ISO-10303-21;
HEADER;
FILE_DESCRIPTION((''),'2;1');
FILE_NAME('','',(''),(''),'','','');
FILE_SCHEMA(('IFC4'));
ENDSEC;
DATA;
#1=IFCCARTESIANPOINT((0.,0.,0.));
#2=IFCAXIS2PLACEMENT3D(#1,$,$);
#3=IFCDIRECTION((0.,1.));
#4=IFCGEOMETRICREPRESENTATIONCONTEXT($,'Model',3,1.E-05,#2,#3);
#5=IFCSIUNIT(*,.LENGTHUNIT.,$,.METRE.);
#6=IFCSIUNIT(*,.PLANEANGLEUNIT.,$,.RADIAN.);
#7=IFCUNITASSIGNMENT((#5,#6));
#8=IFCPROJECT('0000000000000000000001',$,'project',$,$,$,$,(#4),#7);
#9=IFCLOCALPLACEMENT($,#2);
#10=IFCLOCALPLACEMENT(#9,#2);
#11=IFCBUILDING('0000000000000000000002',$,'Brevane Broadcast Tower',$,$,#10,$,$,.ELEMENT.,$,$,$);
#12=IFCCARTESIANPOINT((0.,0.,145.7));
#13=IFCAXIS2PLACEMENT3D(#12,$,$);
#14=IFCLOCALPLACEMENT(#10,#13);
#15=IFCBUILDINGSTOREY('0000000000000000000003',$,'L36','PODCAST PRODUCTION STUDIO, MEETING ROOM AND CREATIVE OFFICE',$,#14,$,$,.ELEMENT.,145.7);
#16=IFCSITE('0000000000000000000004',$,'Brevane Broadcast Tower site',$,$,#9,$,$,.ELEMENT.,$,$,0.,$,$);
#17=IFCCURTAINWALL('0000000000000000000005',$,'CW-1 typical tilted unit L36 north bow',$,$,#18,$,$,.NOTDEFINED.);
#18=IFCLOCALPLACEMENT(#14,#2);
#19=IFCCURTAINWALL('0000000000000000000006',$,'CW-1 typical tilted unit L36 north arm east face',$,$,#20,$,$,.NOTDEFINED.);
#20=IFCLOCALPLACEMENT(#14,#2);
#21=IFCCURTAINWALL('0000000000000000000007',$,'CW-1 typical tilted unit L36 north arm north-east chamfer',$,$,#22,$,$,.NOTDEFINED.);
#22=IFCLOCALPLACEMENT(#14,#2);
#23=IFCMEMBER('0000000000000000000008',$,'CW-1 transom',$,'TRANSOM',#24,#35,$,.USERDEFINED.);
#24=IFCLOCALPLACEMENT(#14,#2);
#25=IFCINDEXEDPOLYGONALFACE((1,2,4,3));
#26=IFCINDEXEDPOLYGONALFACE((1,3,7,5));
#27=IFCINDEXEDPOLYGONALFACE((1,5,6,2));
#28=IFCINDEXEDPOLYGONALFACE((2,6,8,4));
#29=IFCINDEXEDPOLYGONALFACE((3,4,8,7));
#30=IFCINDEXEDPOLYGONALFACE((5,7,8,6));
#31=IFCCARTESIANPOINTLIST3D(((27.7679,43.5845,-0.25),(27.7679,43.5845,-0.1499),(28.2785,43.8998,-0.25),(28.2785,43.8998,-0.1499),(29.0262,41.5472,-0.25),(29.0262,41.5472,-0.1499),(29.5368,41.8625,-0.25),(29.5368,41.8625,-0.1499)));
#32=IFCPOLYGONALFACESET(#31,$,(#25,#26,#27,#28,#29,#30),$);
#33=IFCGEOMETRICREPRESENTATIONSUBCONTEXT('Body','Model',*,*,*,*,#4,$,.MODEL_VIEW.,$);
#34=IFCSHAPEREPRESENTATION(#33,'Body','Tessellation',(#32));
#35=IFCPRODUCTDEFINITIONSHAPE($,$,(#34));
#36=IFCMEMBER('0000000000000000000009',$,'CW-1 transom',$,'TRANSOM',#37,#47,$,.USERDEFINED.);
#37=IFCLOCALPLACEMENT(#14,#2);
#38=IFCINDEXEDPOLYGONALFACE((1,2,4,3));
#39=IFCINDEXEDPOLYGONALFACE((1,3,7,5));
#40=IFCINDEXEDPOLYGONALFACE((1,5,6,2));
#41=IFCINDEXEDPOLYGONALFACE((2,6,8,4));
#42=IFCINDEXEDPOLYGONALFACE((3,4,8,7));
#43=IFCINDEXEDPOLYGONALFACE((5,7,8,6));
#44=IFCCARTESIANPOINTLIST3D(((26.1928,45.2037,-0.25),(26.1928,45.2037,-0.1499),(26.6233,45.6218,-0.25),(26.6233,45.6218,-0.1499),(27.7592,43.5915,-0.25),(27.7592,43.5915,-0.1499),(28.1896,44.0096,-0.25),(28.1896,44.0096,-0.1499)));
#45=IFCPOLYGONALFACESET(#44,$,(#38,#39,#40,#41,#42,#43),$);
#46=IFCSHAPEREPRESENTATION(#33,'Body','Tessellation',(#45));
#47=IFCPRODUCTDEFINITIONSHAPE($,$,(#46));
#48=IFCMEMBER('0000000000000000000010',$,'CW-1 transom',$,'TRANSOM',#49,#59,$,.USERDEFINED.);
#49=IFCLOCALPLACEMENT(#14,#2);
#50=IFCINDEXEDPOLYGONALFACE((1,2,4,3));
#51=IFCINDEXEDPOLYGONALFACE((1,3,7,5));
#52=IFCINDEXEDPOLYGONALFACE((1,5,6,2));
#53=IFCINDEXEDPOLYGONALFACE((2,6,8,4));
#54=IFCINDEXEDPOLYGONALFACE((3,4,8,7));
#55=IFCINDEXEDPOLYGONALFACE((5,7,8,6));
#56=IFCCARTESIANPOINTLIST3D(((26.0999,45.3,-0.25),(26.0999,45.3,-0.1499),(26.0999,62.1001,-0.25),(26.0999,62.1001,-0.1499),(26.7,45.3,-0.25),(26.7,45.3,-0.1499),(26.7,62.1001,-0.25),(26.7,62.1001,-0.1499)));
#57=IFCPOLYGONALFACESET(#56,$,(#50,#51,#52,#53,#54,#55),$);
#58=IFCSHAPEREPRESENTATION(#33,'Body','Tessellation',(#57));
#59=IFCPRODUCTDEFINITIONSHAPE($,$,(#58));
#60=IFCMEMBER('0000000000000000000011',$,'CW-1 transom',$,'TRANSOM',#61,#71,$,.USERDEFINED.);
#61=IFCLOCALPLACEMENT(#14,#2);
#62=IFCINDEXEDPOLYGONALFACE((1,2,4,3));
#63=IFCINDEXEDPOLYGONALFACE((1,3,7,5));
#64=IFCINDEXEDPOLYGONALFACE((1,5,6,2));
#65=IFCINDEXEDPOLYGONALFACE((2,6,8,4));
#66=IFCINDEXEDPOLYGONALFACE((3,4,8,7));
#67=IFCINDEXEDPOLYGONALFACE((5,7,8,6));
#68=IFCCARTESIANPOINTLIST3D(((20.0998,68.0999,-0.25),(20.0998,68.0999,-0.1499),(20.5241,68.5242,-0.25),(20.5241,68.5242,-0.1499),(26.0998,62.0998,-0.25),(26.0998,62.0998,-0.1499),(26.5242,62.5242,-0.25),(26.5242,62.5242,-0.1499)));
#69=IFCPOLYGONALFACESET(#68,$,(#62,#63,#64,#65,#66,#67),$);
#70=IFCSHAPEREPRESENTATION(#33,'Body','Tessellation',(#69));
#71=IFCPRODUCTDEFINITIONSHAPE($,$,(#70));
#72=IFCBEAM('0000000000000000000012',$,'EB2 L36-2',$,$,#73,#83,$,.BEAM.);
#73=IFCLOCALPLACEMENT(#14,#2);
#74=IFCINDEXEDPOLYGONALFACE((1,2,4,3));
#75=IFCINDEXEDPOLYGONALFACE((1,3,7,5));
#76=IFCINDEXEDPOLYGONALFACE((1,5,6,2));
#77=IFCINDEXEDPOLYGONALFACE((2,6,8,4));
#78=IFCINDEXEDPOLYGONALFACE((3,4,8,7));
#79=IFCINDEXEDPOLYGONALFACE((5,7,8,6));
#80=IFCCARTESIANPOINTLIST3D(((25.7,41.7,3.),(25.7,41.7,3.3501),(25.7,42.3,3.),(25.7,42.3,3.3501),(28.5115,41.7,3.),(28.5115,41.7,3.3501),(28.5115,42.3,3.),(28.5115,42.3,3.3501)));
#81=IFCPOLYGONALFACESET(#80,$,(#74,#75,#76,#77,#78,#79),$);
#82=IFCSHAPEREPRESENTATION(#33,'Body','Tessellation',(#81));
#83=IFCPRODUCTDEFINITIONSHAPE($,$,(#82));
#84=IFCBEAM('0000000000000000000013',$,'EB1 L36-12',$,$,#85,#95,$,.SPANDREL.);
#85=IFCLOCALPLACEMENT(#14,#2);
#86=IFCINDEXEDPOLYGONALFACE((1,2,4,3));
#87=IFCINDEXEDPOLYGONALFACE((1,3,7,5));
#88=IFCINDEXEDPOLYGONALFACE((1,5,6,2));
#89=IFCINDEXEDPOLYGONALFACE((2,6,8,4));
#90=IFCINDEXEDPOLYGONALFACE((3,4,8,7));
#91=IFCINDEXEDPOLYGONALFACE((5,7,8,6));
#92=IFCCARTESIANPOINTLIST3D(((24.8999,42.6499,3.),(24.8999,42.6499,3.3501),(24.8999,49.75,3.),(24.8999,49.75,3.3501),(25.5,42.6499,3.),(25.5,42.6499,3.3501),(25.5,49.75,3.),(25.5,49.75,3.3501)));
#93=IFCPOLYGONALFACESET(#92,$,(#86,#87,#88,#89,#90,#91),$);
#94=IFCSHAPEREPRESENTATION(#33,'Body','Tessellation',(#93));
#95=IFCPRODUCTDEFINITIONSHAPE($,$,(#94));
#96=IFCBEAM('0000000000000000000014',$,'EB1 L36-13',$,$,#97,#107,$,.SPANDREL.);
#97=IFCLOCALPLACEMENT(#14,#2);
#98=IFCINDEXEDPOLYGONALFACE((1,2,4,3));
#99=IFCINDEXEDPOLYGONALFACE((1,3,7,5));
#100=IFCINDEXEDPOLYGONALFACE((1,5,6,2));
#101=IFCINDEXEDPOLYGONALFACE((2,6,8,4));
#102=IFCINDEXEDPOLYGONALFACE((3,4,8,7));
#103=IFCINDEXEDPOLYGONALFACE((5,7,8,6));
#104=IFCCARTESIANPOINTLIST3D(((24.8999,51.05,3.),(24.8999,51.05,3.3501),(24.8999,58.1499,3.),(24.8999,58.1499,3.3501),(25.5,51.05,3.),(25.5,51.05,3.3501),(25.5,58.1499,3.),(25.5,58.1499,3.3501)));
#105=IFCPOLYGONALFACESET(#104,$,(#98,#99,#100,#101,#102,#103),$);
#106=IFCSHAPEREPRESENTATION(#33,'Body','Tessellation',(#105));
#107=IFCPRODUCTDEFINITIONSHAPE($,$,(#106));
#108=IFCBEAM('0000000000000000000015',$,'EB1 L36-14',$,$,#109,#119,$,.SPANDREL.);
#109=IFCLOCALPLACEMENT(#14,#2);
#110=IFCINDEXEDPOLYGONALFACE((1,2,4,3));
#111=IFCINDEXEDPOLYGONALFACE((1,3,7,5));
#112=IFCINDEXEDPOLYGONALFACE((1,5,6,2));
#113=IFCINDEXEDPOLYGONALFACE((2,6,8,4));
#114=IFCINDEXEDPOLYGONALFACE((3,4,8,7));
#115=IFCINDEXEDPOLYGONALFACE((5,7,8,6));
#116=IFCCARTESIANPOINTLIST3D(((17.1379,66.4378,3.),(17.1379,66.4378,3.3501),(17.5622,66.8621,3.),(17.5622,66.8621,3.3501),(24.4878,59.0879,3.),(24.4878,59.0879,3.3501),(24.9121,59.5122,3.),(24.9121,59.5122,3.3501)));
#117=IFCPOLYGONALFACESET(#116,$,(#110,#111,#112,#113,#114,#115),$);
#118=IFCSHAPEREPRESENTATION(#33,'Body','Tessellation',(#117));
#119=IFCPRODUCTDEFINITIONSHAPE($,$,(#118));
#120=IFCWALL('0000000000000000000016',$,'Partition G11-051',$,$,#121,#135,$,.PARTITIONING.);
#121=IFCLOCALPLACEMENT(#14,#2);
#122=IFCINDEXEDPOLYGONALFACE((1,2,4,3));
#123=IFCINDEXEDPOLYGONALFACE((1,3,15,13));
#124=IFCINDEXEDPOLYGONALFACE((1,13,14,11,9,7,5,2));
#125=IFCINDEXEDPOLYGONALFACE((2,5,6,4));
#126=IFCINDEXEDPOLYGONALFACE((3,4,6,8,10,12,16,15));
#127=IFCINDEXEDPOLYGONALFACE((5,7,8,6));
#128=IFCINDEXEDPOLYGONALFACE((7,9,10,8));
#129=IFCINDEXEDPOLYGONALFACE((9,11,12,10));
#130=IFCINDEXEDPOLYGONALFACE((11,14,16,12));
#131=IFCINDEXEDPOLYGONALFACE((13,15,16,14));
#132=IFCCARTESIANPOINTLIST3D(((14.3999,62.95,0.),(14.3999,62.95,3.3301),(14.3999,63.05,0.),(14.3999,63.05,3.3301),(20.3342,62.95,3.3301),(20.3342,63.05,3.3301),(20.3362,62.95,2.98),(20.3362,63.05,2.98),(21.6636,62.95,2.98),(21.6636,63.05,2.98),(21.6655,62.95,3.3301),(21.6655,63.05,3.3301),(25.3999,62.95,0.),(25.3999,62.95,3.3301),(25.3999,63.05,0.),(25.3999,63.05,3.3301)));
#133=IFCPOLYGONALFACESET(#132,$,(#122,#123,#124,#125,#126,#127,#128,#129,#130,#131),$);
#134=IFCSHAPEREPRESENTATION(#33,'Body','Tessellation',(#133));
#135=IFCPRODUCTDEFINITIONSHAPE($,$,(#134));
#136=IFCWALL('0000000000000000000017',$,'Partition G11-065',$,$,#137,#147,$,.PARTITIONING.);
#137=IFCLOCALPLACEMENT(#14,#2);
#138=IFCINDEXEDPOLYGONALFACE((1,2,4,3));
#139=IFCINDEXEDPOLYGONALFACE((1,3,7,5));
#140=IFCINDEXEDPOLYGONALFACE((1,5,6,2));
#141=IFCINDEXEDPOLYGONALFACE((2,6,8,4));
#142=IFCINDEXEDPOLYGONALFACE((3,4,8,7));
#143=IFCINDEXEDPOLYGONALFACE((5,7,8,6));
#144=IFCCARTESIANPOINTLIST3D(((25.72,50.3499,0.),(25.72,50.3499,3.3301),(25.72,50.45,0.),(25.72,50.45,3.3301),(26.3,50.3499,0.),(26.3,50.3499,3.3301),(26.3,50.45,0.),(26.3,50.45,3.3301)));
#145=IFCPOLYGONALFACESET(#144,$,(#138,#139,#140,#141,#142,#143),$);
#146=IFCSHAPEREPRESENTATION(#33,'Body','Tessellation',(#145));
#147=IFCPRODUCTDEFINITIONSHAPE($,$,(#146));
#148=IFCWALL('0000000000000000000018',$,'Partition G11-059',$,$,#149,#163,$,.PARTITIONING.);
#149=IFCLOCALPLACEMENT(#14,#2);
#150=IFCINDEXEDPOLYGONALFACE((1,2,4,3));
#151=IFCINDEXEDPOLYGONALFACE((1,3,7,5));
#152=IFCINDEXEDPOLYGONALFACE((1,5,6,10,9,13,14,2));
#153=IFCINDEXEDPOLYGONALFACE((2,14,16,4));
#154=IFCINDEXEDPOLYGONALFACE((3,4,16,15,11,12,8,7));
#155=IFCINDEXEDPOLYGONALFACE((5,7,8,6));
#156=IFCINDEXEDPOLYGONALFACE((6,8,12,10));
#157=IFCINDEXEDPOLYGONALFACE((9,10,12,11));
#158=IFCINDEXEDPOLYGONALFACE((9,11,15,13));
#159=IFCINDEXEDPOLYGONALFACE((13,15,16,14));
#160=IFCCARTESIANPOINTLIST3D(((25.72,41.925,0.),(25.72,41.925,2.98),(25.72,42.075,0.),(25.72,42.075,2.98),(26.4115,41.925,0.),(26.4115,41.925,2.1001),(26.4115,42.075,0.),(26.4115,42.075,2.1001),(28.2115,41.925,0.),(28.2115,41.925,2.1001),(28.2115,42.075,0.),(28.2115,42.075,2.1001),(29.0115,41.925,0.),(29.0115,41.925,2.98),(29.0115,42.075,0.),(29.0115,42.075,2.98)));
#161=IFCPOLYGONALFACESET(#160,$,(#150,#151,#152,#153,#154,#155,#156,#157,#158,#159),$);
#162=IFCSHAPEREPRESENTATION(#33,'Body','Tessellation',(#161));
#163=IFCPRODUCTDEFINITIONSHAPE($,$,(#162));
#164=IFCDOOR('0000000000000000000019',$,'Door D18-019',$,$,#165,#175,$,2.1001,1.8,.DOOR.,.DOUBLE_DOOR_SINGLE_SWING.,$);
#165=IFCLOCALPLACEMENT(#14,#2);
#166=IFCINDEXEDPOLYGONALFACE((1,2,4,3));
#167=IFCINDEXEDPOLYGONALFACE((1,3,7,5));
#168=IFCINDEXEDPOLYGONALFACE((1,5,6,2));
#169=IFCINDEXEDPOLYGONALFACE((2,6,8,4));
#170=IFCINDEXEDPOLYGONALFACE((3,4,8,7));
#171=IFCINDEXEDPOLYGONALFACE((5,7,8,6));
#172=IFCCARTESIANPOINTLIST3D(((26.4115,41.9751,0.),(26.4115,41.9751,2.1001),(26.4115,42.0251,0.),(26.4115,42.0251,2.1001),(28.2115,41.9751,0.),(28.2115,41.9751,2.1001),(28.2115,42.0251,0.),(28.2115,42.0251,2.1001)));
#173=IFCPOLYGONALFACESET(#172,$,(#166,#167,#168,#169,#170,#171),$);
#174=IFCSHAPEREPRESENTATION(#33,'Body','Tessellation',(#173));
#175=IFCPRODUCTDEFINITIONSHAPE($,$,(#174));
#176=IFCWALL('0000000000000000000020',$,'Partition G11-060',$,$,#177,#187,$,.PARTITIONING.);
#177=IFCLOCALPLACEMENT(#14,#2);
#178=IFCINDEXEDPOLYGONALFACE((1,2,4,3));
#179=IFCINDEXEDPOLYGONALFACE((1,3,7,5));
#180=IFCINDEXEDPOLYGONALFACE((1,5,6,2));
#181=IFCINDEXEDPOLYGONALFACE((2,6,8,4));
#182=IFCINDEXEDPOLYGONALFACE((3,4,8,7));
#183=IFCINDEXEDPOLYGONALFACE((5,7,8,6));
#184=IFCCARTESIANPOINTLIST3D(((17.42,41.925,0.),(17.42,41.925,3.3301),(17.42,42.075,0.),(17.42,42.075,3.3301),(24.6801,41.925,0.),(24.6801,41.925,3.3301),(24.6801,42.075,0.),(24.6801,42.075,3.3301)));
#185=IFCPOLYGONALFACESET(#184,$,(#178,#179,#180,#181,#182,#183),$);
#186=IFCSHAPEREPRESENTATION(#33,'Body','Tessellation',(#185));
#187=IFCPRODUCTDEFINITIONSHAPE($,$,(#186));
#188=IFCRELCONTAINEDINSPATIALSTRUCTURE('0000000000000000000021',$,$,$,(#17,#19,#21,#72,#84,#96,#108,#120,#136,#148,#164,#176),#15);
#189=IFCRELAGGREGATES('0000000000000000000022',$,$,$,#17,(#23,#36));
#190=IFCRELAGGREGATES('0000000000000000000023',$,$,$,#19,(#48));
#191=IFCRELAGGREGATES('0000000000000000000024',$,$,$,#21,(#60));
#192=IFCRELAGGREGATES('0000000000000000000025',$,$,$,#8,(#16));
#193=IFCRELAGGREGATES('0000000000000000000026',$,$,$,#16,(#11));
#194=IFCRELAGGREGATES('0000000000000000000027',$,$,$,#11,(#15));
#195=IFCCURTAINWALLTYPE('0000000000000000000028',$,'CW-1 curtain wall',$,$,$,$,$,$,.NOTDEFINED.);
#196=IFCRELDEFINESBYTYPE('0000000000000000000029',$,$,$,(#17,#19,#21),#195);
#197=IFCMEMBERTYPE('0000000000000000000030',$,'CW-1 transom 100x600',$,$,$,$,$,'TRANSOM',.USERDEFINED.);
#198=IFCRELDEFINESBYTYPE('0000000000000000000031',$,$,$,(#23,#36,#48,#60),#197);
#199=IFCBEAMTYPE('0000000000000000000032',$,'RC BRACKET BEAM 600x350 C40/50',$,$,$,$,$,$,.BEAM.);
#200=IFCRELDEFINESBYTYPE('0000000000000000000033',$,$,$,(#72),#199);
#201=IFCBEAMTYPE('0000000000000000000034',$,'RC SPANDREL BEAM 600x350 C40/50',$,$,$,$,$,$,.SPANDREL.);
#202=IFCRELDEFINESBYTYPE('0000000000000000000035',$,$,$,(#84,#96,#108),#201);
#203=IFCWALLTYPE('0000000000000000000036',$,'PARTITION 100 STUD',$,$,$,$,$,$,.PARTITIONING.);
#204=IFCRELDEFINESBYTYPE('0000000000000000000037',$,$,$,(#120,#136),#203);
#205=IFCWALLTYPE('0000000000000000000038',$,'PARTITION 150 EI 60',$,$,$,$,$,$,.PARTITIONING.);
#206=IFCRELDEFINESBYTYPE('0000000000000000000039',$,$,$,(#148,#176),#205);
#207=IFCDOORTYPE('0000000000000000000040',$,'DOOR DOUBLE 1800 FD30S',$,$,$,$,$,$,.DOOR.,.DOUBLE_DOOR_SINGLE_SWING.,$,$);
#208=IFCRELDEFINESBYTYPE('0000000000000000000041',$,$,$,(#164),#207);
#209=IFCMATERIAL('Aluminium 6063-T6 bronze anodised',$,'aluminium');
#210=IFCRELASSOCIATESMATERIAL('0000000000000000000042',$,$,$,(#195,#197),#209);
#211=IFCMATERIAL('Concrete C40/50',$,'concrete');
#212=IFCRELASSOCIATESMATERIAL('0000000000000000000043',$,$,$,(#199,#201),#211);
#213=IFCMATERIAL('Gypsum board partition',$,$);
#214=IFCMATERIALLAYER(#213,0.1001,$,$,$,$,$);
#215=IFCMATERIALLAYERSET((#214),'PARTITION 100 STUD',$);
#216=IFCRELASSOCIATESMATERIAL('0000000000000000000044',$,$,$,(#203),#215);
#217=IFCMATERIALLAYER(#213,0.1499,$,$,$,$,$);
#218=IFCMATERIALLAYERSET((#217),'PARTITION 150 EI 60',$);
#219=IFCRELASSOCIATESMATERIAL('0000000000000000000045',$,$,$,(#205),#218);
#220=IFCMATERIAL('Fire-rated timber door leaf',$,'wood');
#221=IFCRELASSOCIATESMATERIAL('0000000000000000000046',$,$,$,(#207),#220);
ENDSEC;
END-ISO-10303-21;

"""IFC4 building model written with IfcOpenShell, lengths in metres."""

from ifc_helpers import new_model, si_unit, direction, frame, frame_2d, origin, origin_2d, place, context, subcontext, project, spatial, polyline, rectangle, outline, extrude, material, layer, layer_set, material_profile, profile_set, type_object, element, fill, aggregate, save


model = new_model("IFC4")

# Units and contexts
model_context = context("Model", 3, precision=1e-05, world=origin(), true_north=direction((0.0, 1.0)))
body_context = subcontext(model_context, "Body", "Model", "MODEL_VIEW")
ifc_project = project(units=[si_unit("LENGTHUNIT", "METRE"), si_unit("PLANEANGLEUNIT", "RADIAN")], contexts=[model_context])

# Site, building, storey
site_placement = place(None, origin())
site = spatial("IfcSite", under=ifc_project, at=site_placement, Name="Brevane Broadcast Tower site", CompositionType="ELEMENT", RefElevation=0.0)
building_placement = place(site_placement, origin())
building = spatial("IfcBuilding", under=site, at=building_placement, Name="Brevane Broadcast Tower", CompositionType="ELEMENT")
storey_placement = place(building_placement, frame((0.0, 0.0, 145.7)))
storey = spatial("IfcBuildingStorey", under=building, at=storey_placement, Name="L36", Description="PODCAST PRODUCTION STUDIO, MEETING ROOM AND CREATIVE OFFICE", CompositionType="ELEMENT", Elevation=145.7)

# Curtain walls
ifc_material_1 = material(Name="Aluminium 6063-T6 bronze anodised", Category="aluminium")
curtain_wall_type = type_object("IfcCurtainWallType", Name="CW-1 curtain wall", PredefinedType="NOTDEFINED", material=ifc_material_1)
curtain_wall_1_placement = place(storey_placement, origin())
curtain_wall_1 = element("IfcCurtainWall", 1, at=curtain_wall_1_placement, inside=storey, type_object=curtain_wall_type, Name="CW-1 typical tilted unit L36 north bow", PredefinedType="NOTDEFINED")
curtain_wall_2_placement = place(storey_placement, origin())
curtain_wall_2 = element("IfcCurtainWall", 2, at=curtain_wall_2_placement, inside=storey, type_object=curtain_wall_type, Name="CW-1 typical tilted unit L36 north arm east face", PredefinedType="NOTDEFINED")
curtain_wall_3_placement = place(storey_placement, origin())
curtain_wall_3 = element("IfcCurtainWall", 3, at=curtain_wall_3_placement, inside=storey, type_object=curtain_wall_type, Name="CW-1 typical tilted unit L36 north arm north-east chamfer", PredefinedType="NOTDEFINED")

# Members
ifc_material_profile_1 = material_profile(ifc_material_1, rectangle(XDim=0.6001, YDim=0.1001, at=origin_2d()), Name="RECT 100x600")
ifc_profile_set_1 = profile_set([ifc_material_profile_1], Name="Aluminium 6063-T6 bronze anodised")
member_type_1 = type_object("IfcMemberType", Name="CW-1 transom 100x600", ElementType="TRANSOM", PredefinedType="USERDEFINED", material=ifc_profile_set_1)
member_1_placement = place(storey_placement, frame((29.2815, 41.7048, -0.2), z_axis=(-0.525473, 0.85081, 0.0), x_axis=(-0.85081, -0.525473, 0.0)))
member_1 = element("IfcMember", 4, at=member_1_placement, type_object=member_type_1, Name="CW-1 transom", ObjectType="TRANSOM", PredefinedType="USERDEFINED", context=body_context, shape_type="SweptSolid", body=[
    extrude(rectangle(XDim=0.6001, YDim=0.1001, at=origin_2d()), origin(), (0.0, 0.0, 1.0), 2.3945),
])
member_2_placement = place(storey_placement, frame((27.9744, 43.8005, -0.2), z_axis=(-0.696824, 0.717242, 0.0), x_axis=(-0.717242, -0.696824, 0.0)))
member_2 = element("IfcMember", 5, at=member_2_placement, type_object=member_type_1, Name="CW-1 transom", ObjectType="TRANSOM", PredefinedType="USERDEFINED", context=body_context, shape_type="SweptSolid", body=[
    extrude(rectangle(XDim=0.6001, YDim=0.1001, at=origin_2d()), origin(), (0.0, 0.0, 1.0), 2.2478),
])
aggregate(curtain_wall_1, [member_1, member_2])
member_3_placement = place(storey_placement, frame((26.3999, 45.3, -0.2), z_axis=(0.0, 1.0, 0.0), x_axis=(-1.0, 0.0, 0.0)))
member_3 = element("IfcMember", 6, at=member_3_placement, type_object=member_type_1, Name="CW-1 transom", ObjectType="TRANSOM", PredefinedType="USERDEFINED", context=body_context, shape_type="SweptSolid", body=[
    extrude(rectangle(XDim=0.6001, YDim=0.1001, at=origin_2d()), origin(), (0.0, 0.0, 1.0), 16.8),
])
aggregate(curtain_wall_2, [member_3])
member_4_placement = place(storey_placement, frame((26.312, 62.312, -0.2), z_axis=(-0.707107, 0.707107, 0.0), x_axis=(-0.707107, -0.707107, 0.0)))
member_4 = element("IfcMember", 7, at=member_4_placement, type_object=member_type_1, Name="CW-1 transom", ObjectType="TRANSOM", PredefinedType="USERDEFINED", context=body_context, shape_type="SweptSolid", body=[
    extrude(rectangle(XDim=0.6001, YDim=0.1001, at=origin_2d()), origin(), (0.0, 0.0, 1.0), 8.4854),
])
aggregate(curtain_wall_3, [member_4])

# Beams
ifc_material_2 = material(Name="Concrete C40/50", Category="concrete")
ifc_material_profile_2 = material_profile(ifc_material_2, rectangle(XDim=0.6001, YDim=0.3501, at=origin_2d()), Name="RC 600x350")
ifc_profile_set_2 = profile_set([ifc_material_profile_2], Name="Concrete C40/50")
beam_type_1 = type_object("IfcBeamType", Name="RC BRACKET BEAM 600x350 C40/50", PredefinedType="BEAM", material=ifc_profile_set_2)
beam_1_placement = place(storey_placement, frame((25.7, 42.0, 3.175), z_axis=(1.0, 0.0, 0.0), x_axis=(0.0, 1.0, 0.0)))
element("IfcBeam", 8, at=beam_1_placement, inside=storey, type_object=beam_type_1, Name="EB2 L36-2", PredefinedType="BEAM", context=body_context, shape_type="SweptSolid", body=[
    extrude(rectangle(XDim=0.6001, YDim=0.3501, at=origin_2d()), origin(), (0.0, 0.0, 1.0), 2.8115),
])
ifc_material_profile_3 = material_profile(ifc_material_2, rectangle(XDim=0.6001, YDim=0.3501, at=origin_2d()), Name="RC 600x350")
ifc_profile_set_3 = profile_set([ifc_material_profile_3], Name="Concrete C40/50")
beam_type_2 = type_object("IfcBeamType", Name="RC SPANDREL BEAM 600x350 C40/50", PredefinedType="SPANDREL", material=ifc_profile_set_3)
beam_2_placement = place(storey_placement, frame((25.2, 42.6499, 3.175), z_axis=(0.0, 1.0, 0.0), x_axis=(-1.0, 0.0, 0.0)))
element("IfcBeam", 9, at=beam_2_placement, inside=storey, type_object=beam_type_2, Name="EB1 L36-12", PredefinedType="SPANDREL", context=body_context, shape_type="SweptSolid", body=[
    extrude(rectangle(XDim=0.6001, YDim=0.3501, at=origin_2d()), origin(), (0.0, 0.0, 1.0), 7.1001),
])
beam_3_placement = place(storey_placement, frame((25.2, 51.05, 3.175), z_axis=(0.0, 1.0, 0.0), x_axis=(-1.0, 0.0, 0.0)))
element("IfcBeam", 10, at=beam_3_placement, inside=storey, type_object=beam_type_2, Name="EB1 L36-13", PredefinedType="SPANDREL", context=body_context, shape_type="SweptSolid", body=[
    extrude(rectangle(XDim=0.6001, YDim=0.3501, at=origin_2d()), origin(), (0.0, 0.0, 1.0), 7.0999),
])
beam_4_placement = place(storey_placement, frame((24.7, 59.3, 3.175), z_axis=(-0.707107, 0.707107, 0.0), x_axis=(-0.707107, -0.707107, 0.0)))
element("IfcBeam", 11, at=beam_4_placement, inside=storey, type_object=beam_type_2, Name="EB1 L36-14", PredefinedType="SPANDREL", context=body_context, shape_type="SweptSolid", body=[
    extrude(rectangle(XDim=0.6001, YDim=0.3501, at=origin_2d()), origin(), (0.0, 0.0, 1.0), 10.3943),
])

# Walls
ifc_material_3 = material(Name="Gypsum board partition")
ifc_layer_1 = layer(ifc_material_3, 0.1001)
ifc_layer_set_1 = layer_set([ifc_layer_1], Name="PARTITION 100 STUD")
wall_type_1 = type_object("IfcWallType", Name="PARTITION 100 STUD", PredefinedType="PARTITIONING", material=ifc_layer_set_1)
wall_1_placement = place(storey_placement, frame((25.3999, 63.0, 0.0), z_axis=(0.0, 0.0, 1.0), x_axis=(-1.0, 0.0, 0.0)))
element("IfcWall", 12, at=wall_1_placement, inside=storey, type_object=wall_type_1, Name="Partition G11-051", PredefinedType="PARTITIONING", context=body_context, shape_type="SweptSolid", body=[
    extrude(outline(polyline([(0.0, 0.0), (11.0, 0.0), (11.0, 3.3301), (5.0657, 3.3301), (5.0637, 2.98), (3.7363, 2.98), (3.7344, 3.3301), (0.0, 3.3301), (0.0, 0.0)])), frame((0.0, 0.05, 0.0), z_axis=(0.0, -1.0, 0.0), x_axis=(1.0, 0.0, 0.0)), (0.0, 0.0, 1.0), 0.1001),
])
wall_2_placement = place(storey_placement, frame((25.72, 50.3999, 0.0), z_axis=(0.0, 0.0, 1.0), x_axis=(1.0, 0.0, 0.0)))
element("IfcWall", 13, at=wall_2_placement, inside=storey, type_object=wall_type_1, Name="Partition G11-065", PredefinedType="PARTITIONING", context=body_context, shape_type="SweptSolid", body=[
    extrude(rectangle(XDim=0.5801, YDim=0.1001, at=frame_2d((0.29, 0.0))), origin(), (0.0, 0.0, 1.0), 3.3301),
])

# Wall, opening, door
ifc_layer_2 = layer(ifc_material_3, 0.1499)
ifc_layer_set_2 = layer_set([ifc_layer_2], Name="PARTITION 150 EI 60")
wall_type_2 = type_object("IfcWallType", Name="PARTITION 150 EI 60", PredefinedType="PARTITIONING", material=ifc_layer_set_2)
wall_3_placement = place(storey_placement, frame((29.0115, 42.0, 0.0), z_axis=(0.0, 0.0, 1.0), x_axis=(-1.0, 0.0, 0.0)))
wall_3 = element("IfcWall", 14, at=wall_3_placement, inside=storey, type_object=wall_type_2, Name="Partition G11-059", PredefinedType="PARTITIONING", context=body_context, shape_type="SweptSolid", body=[
    extrude(rectangle(XDim=3.2915, YDim=0.1499, at=frame_2d((1.6458, 0.0))), origin(), (0.0, 0.0, 1.0), 2.98),
])
opening_placement = place(wall_3_placement, frame((0.8, 0.0, 0.0)))
opening = element("IfcOpeningElement", 15, at=opening_placement, cuts=wall_3, PredefinedType="OPENING", context=body_context, shape_type="SweptSolid", body=[
    extrude(rectangle(XDim=1.8, YDim=2.1001, at=frame_2d((0.8999, 1.05))), frame((0.0, 0.085, 0.0), z_axis=(0.0, -1.0, 0.0), x_axis=(1.0, 0.0, 0.0)), (0.0, 0.0, 1.0), 0.1699),
])
ifc_material_4 = material(Name="Fire-rated timber door leaf", Category="wood")
door_type = type_object("IfcDoorType", Name="DOOR DOUBLE 1800 FD30S", OperationType="DOUBLE_DOOR_SINGLE_SWING", PredefinedType="DOOR", material=ifc_material_4)
door_placement = place(opening_placement, origin())
door = element("IfcDoor", 16, at=door_placement, inside=storey, type_object=door_type, Name="Door D18-019", OperationType="DOUBLE_DOOR_SINGLE_SWING", OverallHeight=2.1001, OverallWidth=1.8, PredefinedType="DOOR", context=body_context, shape_type="SweptSolid", body=[
    extrude(rectangle(XDim=1.8, YDim=2.1001, at=frame_2d((0.8999, 1.05))), frame((0.0, 0.0249, 0.0), z_axis=(0.0, -1.0, 0.0), x_axis=(1.0, 0.0, 0.0)), (0.0, 0.0, 1.0), 0.05),
])
fill(opening, door)

# Wall
wall_4_placement = place(storey_placement, frame((24.6799, 42.0, 0.0), z_axis=(0.0, 0.0, 1.0), x_axis=(-1.0, 0.0, 0.0)))
element("IfcWall", 17, at=wall_4_placement, inside=storey, type_object=wall_type_2, Name="Partition G11-060", PredefinedType="PARTITIONING", context=body_context, shape_type="SweptSolid", body=[
    extrude(rectangle(XDim=7.26, YDim=0.1499, at=frame_2d((3.6299, 0.0))), origin(), (0.0, 0.0, 1.0), 3.3301),
])

save(model, "model.ifc")
